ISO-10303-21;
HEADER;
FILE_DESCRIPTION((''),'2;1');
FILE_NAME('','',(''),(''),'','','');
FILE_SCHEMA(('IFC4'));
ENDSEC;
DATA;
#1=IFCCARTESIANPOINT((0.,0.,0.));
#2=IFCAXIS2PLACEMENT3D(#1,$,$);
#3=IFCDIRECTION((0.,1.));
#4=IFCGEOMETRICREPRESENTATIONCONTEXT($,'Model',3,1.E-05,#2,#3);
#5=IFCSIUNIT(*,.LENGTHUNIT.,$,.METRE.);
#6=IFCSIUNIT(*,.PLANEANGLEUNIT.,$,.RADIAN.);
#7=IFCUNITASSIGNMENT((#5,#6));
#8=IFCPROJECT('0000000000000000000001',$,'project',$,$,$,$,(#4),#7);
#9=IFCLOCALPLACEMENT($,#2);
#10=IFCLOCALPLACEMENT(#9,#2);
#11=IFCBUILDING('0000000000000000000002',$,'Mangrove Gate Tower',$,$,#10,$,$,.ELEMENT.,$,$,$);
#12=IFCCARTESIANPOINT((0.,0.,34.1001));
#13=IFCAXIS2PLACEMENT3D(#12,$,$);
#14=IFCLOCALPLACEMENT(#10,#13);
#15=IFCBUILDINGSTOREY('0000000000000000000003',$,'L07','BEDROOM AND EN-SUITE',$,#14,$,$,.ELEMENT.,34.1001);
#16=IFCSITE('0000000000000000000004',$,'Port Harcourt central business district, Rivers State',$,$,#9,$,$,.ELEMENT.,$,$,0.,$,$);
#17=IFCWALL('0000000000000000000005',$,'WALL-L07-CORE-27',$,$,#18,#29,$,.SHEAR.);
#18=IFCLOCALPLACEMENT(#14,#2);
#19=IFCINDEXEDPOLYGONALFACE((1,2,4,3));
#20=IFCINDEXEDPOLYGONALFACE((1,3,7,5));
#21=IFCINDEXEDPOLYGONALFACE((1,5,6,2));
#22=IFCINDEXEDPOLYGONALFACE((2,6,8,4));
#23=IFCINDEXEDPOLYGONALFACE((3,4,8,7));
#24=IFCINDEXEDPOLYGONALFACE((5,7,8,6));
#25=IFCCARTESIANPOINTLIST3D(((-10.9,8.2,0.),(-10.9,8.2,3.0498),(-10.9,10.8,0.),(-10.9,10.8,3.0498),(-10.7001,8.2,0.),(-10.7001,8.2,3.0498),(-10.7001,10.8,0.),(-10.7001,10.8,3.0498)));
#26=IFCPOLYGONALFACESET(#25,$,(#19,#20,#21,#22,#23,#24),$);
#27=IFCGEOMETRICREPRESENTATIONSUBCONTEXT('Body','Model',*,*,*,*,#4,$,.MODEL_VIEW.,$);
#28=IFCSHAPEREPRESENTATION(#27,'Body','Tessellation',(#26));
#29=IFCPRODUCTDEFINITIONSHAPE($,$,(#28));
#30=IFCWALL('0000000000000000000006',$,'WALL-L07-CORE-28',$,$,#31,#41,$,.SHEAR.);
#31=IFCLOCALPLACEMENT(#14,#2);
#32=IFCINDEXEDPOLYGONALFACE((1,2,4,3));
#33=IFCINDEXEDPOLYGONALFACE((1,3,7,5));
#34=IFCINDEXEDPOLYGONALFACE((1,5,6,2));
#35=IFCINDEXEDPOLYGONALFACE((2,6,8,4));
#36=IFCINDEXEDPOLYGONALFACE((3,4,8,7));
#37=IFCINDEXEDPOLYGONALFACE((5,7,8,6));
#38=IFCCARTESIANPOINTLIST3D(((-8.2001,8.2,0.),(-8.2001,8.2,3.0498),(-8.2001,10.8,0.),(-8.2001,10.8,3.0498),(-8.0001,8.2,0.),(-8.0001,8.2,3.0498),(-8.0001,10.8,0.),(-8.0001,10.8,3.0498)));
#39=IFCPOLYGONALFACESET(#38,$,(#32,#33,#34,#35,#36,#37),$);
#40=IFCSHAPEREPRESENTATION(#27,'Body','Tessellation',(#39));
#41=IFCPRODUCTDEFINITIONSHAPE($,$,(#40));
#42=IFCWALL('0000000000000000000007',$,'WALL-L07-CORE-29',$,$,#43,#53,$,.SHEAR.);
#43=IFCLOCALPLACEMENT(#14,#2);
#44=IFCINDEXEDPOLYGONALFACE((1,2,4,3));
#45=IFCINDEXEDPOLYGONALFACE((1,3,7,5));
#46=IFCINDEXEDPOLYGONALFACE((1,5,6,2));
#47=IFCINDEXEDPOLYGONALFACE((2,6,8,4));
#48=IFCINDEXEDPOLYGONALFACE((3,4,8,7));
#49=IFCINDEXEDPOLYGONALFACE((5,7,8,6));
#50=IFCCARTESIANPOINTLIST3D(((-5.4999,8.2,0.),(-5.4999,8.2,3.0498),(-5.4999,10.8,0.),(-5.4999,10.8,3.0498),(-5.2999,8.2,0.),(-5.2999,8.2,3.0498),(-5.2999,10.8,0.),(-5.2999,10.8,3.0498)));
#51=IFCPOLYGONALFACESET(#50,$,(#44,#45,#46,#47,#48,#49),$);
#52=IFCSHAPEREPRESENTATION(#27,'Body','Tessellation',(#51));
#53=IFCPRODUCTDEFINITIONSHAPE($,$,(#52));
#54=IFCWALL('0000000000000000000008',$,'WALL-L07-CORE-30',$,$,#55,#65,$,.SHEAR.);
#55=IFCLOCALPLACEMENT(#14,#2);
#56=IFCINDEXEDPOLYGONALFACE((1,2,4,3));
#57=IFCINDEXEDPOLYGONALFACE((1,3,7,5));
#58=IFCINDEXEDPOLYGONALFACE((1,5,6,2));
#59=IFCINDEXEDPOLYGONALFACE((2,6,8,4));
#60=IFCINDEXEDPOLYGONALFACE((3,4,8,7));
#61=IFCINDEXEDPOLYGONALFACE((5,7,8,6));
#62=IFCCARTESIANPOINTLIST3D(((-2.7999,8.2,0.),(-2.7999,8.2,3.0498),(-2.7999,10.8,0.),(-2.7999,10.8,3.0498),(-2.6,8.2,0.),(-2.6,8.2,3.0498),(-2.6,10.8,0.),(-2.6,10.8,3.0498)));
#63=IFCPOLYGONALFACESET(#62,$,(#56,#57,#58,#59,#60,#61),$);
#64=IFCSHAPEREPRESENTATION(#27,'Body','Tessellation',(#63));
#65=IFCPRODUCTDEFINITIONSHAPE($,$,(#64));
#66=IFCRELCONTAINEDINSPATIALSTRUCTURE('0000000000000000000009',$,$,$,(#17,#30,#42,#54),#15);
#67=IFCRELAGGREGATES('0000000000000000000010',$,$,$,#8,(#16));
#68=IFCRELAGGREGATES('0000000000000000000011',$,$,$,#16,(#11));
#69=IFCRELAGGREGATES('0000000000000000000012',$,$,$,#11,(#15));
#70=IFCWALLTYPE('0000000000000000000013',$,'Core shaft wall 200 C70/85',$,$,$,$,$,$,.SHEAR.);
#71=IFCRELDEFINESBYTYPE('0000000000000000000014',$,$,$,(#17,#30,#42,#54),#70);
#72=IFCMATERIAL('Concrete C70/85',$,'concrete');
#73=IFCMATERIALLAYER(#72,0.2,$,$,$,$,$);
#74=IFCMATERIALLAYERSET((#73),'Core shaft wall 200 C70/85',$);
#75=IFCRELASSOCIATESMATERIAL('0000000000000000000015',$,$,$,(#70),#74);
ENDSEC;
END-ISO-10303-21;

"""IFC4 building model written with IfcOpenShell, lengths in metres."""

from ifc_helpers import new_model, si_unit, direction, frame, frame_2d, origin, place, context, subcontext, project, spatial, rectangle, extrude, material, layer, layer_set, type_object, element, save


model = new_model("IFC4")

# Units and contexts
model_context = context("Model", 3, precision=1e-05, world=origin(), true_north=direction((0.0, 1.0)))
body_context = subcontext(model_context, "Body", "Model", "MODEL_VIEW")
ifc_project = project(units=[si_unit("LENGTHUNIT", "METRE"), si_unit("PLANEANGLEUNIT", "RADIAN")], contexts=[model_context])

# Site, building, storey
site_placement = place(None, origin())
site = spatial("IfcSite", under=ifc_project, at=site_placement, Name="Port Harcourt central business district, Rivers State", CompositionType="ELEMENT", RefElevation=0.0)
building_placement = place(site_placement, origin())
building = spatial("IfcBuilding", under=site, at=building_placement, Name="Mangrove Gate Tower", CompositionType="ELEMENT")
storey_placement = place(building_placement, frame((0.0, 0.0, 34.1001)))
storey = spatial("IfcBuildingStorey", under=building, at=storey_placement, Name="L07", Description="BEDROOM AND EN-SUITE", CompositionType="ELEMENT", Elevation=34.1001)

# Shared definitions
ifc_material_1 = material(Name="Concrete C70/85", Category="concrete")
ifc_layer = layer(ifc_material_1, 0.2)
ifc_layer_set = layer_set([ifc_layer], Name="Core shaft wall 200 C70/85")
wall_type = type_object("IfcWallType", Name="Core shaft wall 200 C70/85", PredefinedType="SHEAR", material=ifc_layer_set)

# Walls
for number, where, z_axis, x_axis, name in (
    (1, (-10.8, 8.2, 0.0), (0.0, 0.0, 1.0), (0.0, 1.0, 0.0), "WALL-L07-CORE-27"),
    (2, (-8.1001, 8.2, 0.0), (0.0, 0.0, 1.0), (0.0, 1.0, 0.0), "WALL-L07-CORE-28"),
    (3, (-5.3999, 8.2, 0.0), (0.0, 0.0, 1.0), (0.0, 1.0, 0.0), "WALL-L07-CORE-29"),
    (4, (-2.7, 8.2, 0.0), (0.0, 0.0, 1.0), (0.0, 1.0, 0.0), "WALL-L07-CORE-30"),
):
    element("IfcWall", number, at=place(storey_placement, frame(where, z_axis=z_axis, x_axis=x_axis)), inside=storey, type_object=wall_type, Name=name, PredefinedType="SHEAR", context=body_context, shape_type="SweptSolid", body=[
        extrude(rectangle(XDim=2.6001, YDim=0.2, at=frame_2d((1.3, 0.0))), origin(), (0.0, 0.0, 1.0), 3.0498),
    ])

save(model, "model.ifc")
